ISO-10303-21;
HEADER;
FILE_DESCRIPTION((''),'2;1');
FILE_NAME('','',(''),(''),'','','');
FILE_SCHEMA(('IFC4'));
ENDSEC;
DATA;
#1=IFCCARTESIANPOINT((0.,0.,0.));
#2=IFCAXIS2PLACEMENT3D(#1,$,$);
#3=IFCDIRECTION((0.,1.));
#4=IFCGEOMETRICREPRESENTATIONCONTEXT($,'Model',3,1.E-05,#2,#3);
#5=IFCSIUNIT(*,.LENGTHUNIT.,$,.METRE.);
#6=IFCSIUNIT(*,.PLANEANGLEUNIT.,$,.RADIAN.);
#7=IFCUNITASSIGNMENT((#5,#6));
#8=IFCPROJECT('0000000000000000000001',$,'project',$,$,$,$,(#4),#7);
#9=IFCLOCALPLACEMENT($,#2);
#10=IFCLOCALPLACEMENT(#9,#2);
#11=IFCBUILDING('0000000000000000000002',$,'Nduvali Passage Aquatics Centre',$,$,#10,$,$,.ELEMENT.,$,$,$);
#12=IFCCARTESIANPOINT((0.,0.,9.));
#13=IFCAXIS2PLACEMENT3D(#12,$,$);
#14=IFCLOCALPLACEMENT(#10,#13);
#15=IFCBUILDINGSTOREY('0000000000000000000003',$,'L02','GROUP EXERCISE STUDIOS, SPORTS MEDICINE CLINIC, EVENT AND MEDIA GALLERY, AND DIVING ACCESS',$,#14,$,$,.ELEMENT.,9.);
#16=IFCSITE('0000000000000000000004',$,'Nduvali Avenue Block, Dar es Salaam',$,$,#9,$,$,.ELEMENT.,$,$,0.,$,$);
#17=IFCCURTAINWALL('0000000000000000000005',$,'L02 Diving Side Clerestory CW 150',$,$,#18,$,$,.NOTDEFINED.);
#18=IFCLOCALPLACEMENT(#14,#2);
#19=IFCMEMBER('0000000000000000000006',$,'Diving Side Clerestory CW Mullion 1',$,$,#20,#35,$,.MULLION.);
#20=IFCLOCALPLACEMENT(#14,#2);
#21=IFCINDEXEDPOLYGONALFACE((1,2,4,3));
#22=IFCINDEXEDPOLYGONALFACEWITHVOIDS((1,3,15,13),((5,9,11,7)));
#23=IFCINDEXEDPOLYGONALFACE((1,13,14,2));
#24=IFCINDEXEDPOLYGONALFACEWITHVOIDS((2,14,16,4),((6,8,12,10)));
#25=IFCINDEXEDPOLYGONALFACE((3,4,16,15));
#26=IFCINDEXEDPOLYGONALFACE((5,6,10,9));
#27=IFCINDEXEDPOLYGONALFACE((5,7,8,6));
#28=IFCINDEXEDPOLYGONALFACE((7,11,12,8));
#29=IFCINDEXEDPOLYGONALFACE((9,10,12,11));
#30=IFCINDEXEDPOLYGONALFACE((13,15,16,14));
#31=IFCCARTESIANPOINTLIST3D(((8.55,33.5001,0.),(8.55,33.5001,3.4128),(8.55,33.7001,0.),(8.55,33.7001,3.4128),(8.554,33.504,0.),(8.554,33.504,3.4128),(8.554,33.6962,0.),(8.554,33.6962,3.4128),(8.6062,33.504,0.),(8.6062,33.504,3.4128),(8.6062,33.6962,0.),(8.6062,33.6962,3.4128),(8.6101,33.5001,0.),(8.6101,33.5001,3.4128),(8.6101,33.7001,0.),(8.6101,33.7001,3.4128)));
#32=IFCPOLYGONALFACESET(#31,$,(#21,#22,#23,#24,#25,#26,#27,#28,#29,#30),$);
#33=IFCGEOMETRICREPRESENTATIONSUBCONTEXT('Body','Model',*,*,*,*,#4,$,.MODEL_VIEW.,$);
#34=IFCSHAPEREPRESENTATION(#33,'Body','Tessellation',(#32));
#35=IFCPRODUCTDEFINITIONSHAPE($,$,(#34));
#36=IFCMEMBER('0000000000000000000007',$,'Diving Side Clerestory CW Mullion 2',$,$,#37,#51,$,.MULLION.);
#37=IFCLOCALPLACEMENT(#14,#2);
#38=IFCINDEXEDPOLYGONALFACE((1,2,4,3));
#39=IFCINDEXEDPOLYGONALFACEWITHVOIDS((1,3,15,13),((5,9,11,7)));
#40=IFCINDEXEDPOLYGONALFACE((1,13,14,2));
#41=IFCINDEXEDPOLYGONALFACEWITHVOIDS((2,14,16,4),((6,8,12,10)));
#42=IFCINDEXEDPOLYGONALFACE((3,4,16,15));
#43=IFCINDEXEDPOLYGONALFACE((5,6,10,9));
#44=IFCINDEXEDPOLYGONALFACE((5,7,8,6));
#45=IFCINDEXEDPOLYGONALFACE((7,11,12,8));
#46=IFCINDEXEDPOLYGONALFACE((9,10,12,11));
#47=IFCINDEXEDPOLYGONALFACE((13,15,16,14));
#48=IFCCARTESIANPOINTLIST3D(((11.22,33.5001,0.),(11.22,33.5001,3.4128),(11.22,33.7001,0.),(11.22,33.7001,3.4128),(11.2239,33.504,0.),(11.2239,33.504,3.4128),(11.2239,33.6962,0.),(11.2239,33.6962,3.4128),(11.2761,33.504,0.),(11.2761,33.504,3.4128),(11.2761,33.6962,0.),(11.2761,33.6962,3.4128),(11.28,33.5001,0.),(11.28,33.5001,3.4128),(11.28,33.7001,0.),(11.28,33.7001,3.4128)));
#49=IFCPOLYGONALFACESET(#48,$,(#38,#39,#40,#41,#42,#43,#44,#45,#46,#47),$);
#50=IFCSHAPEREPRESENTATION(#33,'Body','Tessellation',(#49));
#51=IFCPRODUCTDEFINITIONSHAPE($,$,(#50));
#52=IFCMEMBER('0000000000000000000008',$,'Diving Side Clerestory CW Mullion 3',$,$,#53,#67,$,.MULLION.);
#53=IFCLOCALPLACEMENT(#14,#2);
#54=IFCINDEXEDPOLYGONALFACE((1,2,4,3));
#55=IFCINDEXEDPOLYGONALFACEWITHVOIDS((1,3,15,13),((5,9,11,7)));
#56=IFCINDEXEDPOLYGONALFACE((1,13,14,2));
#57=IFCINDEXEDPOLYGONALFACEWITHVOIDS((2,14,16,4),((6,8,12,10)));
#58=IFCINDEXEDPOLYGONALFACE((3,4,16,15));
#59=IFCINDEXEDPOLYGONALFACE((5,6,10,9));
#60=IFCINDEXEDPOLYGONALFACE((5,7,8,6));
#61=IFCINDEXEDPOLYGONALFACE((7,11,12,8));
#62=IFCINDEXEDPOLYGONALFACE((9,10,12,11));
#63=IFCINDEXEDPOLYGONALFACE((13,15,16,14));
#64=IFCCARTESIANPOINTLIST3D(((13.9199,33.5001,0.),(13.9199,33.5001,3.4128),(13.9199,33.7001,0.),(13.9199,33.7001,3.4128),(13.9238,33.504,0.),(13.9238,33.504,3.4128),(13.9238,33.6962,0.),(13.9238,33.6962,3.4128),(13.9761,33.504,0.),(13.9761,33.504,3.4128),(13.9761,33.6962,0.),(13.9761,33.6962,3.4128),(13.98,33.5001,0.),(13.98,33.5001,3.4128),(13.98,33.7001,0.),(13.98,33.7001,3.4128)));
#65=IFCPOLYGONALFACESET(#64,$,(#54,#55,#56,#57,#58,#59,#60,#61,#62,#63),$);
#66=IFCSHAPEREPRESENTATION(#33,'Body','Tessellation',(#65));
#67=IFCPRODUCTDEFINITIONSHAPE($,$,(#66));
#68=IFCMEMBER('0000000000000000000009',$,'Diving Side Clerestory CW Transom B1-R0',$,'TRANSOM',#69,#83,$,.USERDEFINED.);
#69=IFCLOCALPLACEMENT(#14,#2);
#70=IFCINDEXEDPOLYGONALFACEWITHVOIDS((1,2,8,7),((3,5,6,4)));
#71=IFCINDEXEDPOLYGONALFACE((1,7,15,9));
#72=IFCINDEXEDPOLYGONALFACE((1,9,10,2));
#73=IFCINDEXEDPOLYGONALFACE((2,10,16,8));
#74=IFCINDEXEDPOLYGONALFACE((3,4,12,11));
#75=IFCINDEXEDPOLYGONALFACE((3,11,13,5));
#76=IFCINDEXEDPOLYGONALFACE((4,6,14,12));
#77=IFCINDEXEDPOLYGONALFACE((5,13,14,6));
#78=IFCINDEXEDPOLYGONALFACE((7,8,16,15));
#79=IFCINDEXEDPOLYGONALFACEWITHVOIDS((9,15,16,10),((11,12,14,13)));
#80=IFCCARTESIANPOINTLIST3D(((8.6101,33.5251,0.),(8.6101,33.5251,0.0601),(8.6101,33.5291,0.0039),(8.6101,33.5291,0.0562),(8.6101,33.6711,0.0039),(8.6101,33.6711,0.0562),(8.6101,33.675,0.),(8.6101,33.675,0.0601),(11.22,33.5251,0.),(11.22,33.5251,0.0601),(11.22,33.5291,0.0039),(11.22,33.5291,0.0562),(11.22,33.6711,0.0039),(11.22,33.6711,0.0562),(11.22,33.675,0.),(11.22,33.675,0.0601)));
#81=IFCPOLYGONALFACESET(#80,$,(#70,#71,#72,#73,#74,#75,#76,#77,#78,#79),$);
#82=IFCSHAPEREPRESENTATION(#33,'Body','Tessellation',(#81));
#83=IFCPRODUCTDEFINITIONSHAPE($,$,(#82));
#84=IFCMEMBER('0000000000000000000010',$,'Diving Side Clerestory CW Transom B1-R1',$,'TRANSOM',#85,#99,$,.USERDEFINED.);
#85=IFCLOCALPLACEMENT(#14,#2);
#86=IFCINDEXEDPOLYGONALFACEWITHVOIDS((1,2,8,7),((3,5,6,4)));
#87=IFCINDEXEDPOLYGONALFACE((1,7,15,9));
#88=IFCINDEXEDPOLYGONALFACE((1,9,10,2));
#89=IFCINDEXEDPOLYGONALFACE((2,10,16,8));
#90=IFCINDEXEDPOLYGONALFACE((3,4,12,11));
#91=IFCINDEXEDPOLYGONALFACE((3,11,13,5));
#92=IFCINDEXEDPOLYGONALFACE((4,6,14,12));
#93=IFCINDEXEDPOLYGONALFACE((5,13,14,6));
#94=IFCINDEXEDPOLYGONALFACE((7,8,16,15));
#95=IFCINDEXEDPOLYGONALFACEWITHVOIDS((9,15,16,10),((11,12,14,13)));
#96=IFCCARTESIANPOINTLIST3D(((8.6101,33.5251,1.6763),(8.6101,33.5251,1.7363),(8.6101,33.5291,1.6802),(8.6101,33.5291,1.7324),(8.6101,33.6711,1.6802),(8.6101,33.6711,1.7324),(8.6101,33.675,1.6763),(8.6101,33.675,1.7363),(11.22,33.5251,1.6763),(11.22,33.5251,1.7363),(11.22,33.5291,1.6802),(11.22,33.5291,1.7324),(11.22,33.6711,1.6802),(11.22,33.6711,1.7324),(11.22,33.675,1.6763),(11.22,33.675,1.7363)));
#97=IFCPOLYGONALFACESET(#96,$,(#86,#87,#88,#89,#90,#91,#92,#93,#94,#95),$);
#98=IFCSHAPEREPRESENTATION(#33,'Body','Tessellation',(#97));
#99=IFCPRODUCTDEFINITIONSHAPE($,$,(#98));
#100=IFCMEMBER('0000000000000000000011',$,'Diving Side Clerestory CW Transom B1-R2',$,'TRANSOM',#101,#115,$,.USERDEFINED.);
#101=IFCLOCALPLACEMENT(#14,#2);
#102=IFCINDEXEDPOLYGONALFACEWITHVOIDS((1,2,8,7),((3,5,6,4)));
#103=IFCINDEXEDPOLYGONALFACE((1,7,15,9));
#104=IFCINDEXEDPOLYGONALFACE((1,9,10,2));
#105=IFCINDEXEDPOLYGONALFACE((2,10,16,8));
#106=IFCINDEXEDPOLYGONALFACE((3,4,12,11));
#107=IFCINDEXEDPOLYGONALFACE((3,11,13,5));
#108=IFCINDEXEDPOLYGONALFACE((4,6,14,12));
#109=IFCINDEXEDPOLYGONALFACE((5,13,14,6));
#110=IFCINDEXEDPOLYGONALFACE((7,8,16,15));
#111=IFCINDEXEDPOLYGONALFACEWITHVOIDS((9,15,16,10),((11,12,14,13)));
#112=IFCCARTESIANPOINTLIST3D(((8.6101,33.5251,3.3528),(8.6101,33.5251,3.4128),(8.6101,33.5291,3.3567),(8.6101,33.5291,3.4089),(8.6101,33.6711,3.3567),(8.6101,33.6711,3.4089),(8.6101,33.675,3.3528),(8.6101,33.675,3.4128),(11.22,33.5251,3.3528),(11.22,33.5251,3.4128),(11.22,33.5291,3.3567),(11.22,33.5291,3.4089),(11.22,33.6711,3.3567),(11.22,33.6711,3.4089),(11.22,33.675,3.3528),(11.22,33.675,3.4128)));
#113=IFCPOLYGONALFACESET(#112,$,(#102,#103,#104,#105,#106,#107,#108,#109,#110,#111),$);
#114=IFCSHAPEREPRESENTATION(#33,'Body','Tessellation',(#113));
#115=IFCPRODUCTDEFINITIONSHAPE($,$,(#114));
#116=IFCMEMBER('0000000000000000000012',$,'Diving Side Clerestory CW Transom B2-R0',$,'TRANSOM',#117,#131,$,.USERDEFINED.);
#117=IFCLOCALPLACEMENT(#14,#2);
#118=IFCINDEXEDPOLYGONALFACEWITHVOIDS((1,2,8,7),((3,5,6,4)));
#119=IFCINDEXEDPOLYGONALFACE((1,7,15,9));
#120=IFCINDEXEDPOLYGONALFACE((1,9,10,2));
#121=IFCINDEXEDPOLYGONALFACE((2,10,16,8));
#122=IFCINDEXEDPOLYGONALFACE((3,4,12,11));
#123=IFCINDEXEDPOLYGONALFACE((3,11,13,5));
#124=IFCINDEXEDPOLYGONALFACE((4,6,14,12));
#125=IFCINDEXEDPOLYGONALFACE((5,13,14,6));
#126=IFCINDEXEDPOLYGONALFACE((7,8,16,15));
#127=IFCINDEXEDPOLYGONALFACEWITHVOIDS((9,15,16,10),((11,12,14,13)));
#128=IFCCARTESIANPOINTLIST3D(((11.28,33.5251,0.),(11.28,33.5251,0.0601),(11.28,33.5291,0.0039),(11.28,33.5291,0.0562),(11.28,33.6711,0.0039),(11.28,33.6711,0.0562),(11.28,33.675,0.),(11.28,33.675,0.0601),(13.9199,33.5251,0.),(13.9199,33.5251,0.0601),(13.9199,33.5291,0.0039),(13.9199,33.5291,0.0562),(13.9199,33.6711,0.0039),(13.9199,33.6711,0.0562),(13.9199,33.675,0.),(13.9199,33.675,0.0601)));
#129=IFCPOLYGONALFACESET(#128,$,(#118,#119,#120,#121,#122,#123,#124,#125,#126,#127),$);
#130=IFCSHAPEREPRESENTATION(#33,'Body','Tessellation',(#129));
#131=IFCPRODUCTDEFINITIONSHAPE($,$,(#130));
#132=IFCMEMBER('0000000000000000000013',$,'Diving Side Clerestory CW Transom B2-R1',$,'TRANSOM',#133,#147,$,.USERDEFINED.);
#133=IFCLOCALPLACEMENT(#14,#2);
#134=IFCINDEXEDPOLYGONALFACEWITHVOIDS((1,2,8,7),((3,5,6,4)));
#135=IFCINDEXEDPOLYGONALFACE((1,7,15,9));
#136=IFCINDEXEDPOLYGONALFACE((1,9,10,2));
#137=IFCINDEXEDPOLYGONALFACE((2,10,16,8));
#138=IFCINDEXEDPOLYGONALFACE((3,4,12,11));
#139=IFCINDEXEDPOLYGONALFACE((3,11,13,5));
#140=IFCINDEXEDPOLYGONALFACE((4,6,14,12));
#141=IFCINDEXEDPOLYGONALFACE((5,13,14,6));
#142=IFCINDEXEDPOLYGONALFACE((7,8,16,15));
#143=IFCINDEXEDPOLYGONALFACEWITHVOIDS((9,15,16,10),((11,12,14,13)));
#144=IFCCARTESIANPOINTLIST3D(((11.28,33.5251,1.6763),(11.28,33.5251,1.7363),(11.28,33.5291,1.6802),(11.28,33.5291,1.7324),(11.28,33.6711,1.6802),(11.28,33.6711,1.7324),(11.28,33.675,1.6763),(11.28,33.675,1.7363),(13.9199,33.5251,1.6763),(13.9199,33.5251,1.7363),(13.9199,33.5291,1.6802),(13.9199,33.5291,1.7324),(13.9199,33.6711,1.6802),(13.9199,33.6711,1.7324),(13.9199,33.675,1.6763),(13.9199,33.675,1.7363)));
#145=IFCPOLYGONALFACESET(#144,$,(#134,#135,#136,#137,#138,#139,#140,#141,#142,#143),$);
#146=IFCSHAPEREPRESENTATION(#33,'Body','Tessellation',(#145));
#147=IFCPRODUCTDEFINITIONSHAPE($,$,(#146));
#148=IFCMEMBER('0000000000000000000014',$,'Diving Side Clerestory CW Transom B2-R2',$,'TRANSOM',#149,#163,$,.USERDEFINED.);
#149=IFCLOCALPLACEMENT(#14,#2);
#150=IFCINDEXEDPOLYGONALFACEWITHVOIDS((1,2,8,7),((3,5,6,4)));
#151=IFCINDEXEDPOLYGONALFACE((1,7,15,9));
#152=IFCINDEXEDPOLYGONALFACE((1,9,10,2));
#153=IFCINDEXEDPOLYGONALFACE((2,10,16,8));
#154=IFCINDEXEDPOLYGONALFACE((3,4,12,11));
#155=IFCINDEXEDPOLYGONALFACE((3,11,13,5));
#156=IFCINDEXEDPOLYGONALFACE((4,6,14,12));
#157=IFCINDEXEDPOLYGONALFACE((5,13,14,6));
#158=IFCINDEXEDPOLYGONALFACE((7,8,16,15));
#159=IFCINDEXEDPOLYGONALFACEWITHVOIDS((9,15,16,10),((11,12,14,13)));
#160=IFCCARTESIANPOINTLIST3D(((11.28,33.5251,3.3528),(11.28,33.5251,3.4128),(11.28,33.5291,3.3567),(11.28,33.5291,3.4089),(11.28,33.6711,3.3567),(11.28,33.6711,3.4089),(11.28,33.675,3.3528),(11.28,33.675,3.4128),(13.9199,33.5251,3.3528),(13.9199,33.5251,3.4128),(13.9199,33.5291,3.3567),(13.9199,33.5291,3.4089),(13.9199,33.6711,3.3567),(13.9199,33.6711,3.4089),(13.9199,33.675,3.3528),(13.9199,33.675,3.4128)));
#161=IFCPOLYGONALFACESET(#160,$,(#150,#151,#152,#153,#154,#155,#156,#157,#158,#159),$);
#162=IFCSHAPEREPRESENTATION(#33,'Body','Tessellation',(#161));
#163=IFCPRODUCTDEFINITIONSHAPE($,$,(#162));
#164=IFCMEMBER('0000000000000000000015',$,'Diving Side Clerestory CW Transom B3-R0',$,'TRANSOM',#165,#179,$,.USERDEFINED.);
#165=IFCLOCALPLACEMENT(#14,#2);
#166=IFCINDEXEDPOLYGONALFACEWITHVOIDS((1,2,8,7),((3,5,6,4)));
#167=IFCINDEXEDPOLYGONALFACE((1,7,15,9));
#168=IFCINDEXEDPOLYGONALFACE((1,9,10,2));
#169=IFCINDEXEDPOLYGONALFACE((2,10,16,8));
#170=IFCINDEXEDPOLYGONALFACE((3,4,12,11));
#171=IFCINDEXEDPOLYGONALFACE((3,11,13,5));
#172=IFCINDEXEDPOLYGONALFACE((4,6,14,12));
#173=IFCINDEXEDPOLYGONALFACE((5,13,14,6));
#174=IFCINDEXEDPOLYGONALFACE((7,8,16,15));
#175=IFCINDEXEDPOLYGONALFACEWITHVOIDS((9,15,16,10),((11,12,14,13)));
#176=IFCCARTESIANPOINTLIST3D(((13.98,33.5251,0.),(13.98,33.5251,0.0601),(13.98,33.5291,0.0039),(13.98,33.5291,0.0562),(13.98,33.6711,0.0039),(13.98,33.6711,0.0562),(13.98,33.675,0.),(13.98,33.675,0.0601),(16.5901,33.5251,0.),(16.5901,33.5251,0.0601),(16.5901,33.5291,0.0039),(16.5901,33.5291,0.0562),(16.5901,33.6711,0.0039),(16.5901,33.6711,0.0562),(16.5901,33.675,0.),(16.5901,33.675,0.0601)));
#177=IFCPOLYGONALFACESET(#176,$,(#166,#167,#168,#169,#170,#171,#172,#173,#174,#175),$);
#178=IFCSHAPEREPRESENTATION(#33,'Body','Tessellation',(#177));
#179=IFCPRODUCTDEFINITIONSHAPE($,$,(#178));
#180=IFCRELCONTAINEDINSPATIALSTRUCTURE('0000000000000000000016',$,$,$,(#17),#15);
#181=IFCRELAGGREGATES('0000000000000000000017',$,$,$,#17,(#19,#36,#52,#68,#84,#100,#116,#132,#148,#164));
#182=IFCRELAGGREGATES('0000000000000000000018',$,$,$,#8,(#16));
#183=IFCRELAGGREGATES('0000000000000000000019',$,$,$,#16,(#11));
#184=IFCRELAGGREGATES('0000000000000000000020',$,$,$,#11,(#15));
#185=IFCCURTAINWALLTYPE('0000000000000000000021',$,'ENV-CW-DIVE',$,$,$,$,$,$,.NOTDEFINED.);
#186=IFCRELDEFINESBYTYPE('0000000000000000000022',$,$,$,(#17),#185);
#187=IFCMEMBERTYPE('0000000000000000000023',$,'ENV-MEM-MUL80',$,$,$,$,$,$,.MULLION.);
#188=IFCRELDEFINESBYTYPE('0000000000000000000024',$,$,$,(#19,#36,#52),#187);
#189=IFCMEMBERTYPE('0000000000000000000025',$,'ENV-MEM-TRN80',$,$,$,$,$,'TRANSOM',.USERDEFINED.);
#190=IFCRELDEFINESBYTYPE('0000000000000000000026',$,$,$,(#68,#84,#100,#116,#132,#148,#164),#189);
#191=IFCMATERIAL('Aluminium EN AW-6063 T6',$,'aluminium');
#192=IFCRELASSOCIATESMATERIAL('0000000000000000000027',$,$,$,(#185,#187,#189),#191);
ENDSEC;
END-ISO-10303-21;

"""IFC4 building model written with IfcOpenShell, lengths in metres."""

from ifc_helpers import new_model, si_unit, direction, frame, origin, origin_2d, place, context, subcontext, project, spatial, hollow_rectangle, extrude, material, material_profile, profile_set, type_object, element, aggregate, save


model = new_model("IFC4")

# Units and contexts
model_context = context("Model", 3, precision=1e-05, world=origin(), true_north=direction((0.0, 1.0)))
body_context = subcontext(model_context, "Body", "Model", "MODEL_VIEW")
ifc_project = project(units=[si_unit("LENGTHUNIT", "METRE"), si_unit("PLANEANGLEUNIT", "RADIAN")], contexts=[model_context])

# Site, building, storey
site_placement = place(None, origin())
site = spatial("IfcSite", under=ifc_project, at=site_placement, Name="Nduvali Avenue Block, Dar es Salaam", CompositionType="ELEMENT", RefElevation=0.0)
building_placement = place(site_placement, origin())
building = spatial("IfcBuilding", under=site, at=building_placement, Name="Nduvali Passage Aquatics Centre", CompositionType="ELEMENT")
storey_placement = place(building_placement, frame((0.0, 0.0, 9.0)))
storey = spatial("IfcBuildingStorey", under=building, at=storey_placement, Name="L02", Description="GROUP EXERCISE STUDIOS, SPORTS MEDICINE CLINIC, EVENT AND MEDIA GALLERY, AND DIVING ACCESS", CompositionType="ELEMENT", Elevation=9.0)

# Curtain wall, members
ifc_material_1 = material(Name="Aluminium EN AW-6063 T6", Category="aluminium")
curtain_wall_type = type_object("IfcCurtainWallType", Name="ENV-CW-DIVE", PredefinedType="NOTDEFINED", material=ifc_material_1)
curtain_wall_placement = place(storey_placement, origin())
curtain_wall = element("IfcCurtainWall", 1, at=curtain_wall_placement, inside=storey, type_object=curtain_wall_type, Name="L02 Diving Side Clerestory CW 150", PredefinedType="NOTDEFINED")
ifc_material_profile_1 = material_profile(ifc_material_1, hollow_rectangle(XDim=0.0601, YDim=0.2, WallThickness=0.0039, at=origin_2d()), Name="ALU MULLION 60x200x4")
ifc_profile_set_1 = profile_set([ifc_material_profile_1], Name="Aluminium EN AW-6063 T6")
member_type_1 = type_object("IfcMemberType", Name="ENV-MEM-MUL80", PredefinedType="MULLION", material=ifc_profile_set_1)
member_1_placement = place(storey_placement, frame((8.5801, 33.6001, 0.0), z_axis=(0.0, 0.0, 1.0), x_axis=(1.0, 0.0, 0.0)))
member_1 = element("IfcMember", 2, at=member_1_placement, type_object=member_type_1, Name="Diving Side Clerestory CW Mullion 1", PredefinedType="MULLION", context=body_context, shape_type="SweptSolid", body=[
    extrude(hollow_rectangle(XDim=0.0601, YDim=0.2, WallThickness=0.0039, at=origin_2d()), origin(), (0.0, 0.0, 1.0), 3.4128),
])
member_2_placement = place(storey_placement, frame((11.25, 33.6001, 0.0), z_axis=(0.0, 0.0, 1.0), x_axis=(1.0, 0.0, 0.0)))
member_2 = element("IfcMember", 3, at=member_2_placement, type_object=member_type_1, Name="Diving Side Clerestory CW Mullion 2", PredefinedType="MULLION", context=body_context, shape_type="SweptSolid", body=[
    extrude(hollow_rectangle(XDim=0.0601, YDim=0.2, WallThickness=0.0039, at=origin_2d()), origin(), (0.0, 0.0, 1.0), 3.4128),
])
member_3_placement = place(storey_placement, frame((13.95, 33.6001, 0.0), z_axis=(0.0, 0.0, 1.0), x_axis=(1.0, 0.0, 0.0)))
member_3 = element("IfcMember", 4, at=member_3_placement, type_object=member_type_1, Name="Diving Side Clerestory CW Mullion 3", PredefinedType="MULLION", context=body_context, shape_type="SweptSolid", body=[
    extrude(hollow_rectangle(XDim=0.0601, YDim=0.2, WallThickness=0.0039, at=origin_2d()), origin(), (0.0, 0.0, 1.0), 3.4128),
])
ifc_material_profile_2 = material_profile(ifc_material_1, hollow_rectangle(XDim=0.1499, YDim=0.0601, WallThickness=0.0039, at=origin_2d()), Name="ALU TRANSOM 150x60x4")
ifc_profile_set_2 = profile_set([ifc_material_profile_2], Name="Aluminium EN AW-6063 T6")
member_type_2 = type_object("IfcMemberType", Name="ENV-MEM-TRN80", ElementType="TRANSOM", PredefinedType="USERDEFINED", material=ifc_profile_set_2)
member_4_placement = place(storey_placement, frame((8.6101, 33.6001, 0.03), z_axis=(1.0, 0.0, 0.0), x_axis=(0.0, 1.0, 0.0)))
member_4 = element("IfcMember", 5, at=member_4_placement, type_object=member_type_2, Name="Diving Side Clerestory CW Transom B1-R0", ObjectType="TRANSOM", PredefinedType="USERDEFINED", context=body_context, shape_type="SweptSolid", body=[
    extrude(hollow_rectangle(XDim=0.1499, YDim=0.0601, WallThickness=0.0039, at=origin_2d()), origin(), (0.0, 0.0, 1.0), 2.6099),
])
member_5_placement = place(storey_placement, frame((8.6101, 33.6001, 1.7063), z_axis=(1.0, 0.0, 0.0), x_axis=(0.0, 1.0, 0.0)))
member_5 = element("IfcMember", 6, at=member_5_placement, type_object=member_type_2, Name="Diving Side Clerestory CW Transom B1-R1", ObjectType="TRANSOM", PredefinedType="USERDEFINED", context=body_context, shape_type="SweptSolid", body=[
    extrude(hollow_rectangle(XDim=0.1499, YDim=0.0601, WallThickness=0.0039, at=origin_2d()), origin(), (0.0, 0.0, 1.0), 2.6099),
])
member_6_placement = place(storey_placement, frame((8.6101, 33.6001, 3.3828), z_axis=(1.0, 0.0, 0.0), x_axis=(0.0, 1.0, 0.0)))
member_6 = element("IfcMember", 7, at=member_6_placement, type_object=member_type_2, Name="Diving Side Clerestory CW Transom B1-R2", ObjectType="TRANSOM", PredefinedType="USERDEFINED", context=body_context, shape_type="SweptSolid", body=[
    extrude(hollow_rectangle(XDim=0.1499, YDim=0.0601, WallThickness=0.0039, at=origin_2d()), origin(), (0.0, 0.0, 1.0), 2.6099),
])
member_7_placement = place(storey_placement, frame((11.28, 33.6001, 0.03), z_axis=(1.0, 0.0, 0.0), x_axis=(0.0, 1.0, 0.0)))
member_7 = element("IfcMember", 8, at=member_7_placement, type_object=member_type_2, Name="Diving Side Clerestory CW Transom B2-R0", ObjectType="TRANSOM", PredefinedType="USERDEFINED", context=body_context, shape_type="SweptSolid", body=[
    extrude(hollow_rectangle(XDim=0.1499, YDim=0.0601, WallThickness=0.0039, at=origin_2d()), origin(), (0.0, 0.0, 1.0), 2.6399),
])
member_8_placement = place(storey_placement, frame((11.28, 33.6001, 1.7063), z_axis=(1.0, 0.0, 0.0), x_axis=(0.0, 1.0, 0.0)))
member_8 = element("IfcMember", 9, at=member_8_placement, type_object=member_type_2, Name="Diving Side Clerestory CW Transom B2-R1", ObjectType="TRANSOM", PredefinedType="USERDEFINED", context=body_context, shape_type="SweptSolid", body=[
    extrude(hollow_rectangle(XDim=0.1499, YDim=0.0601, WallThickness=0.0039, at=origin_2d()), origin(), (0.0, 0.0, 1.0), 2.6399),
])
member_9_placement = place(storey_placement, frame((11.28, 33.6001, 3.3828), z_axis=(1.0, 0.0, 0.0), x_axis=(0.0, 1.0, 0.0)))
member_9 = element("IfcMember", 10, at=member_9_placement, type_object=member_type_2, Name="Diving Side Clerestory CW Transom B2-R2", ObjectType="TRANSOM", PredefinedType="USERDEFINED", context=body_context, shape_type="SweptSolid", body=[
    extrude(hollow_rectangle(XDim=0.1499, YDim=0.0601, WallThickness=0.0039, at=origin_2d()), origin(), (0.0, 0.0, 1.0), 2.6399),
])
member_10_placement = place(storey_placement, frame((13.98, 33.6001, 0.03), z_axis=(1.0, 0.0, 0.0), x_axis=(0.0, 1.0, 0.0)))
member_10 = element("IfcMember", 11, at=member_10_placement, type_object=member_type_2, Name="Diving Side Clerestory CW Transom B3-R0", ObjectType="TRANSOM", PredefinedType="USERDEFINED", context=body_context, shape_type="SweptSolid", body=[
    extrude(hollow_rectangle(XDim=0.1499, YDim=0.0601, WallThickness=0.0039, at=origin_2d()), origin(), (0.0, 0.0, 1.0), 2.6101),
])

aggregate(curtain_wall, [member_1, member_2, member_3, member_4, member_5, member_6, member_7, member_8, member_9, member_10])

save(model, "model.ifc")
